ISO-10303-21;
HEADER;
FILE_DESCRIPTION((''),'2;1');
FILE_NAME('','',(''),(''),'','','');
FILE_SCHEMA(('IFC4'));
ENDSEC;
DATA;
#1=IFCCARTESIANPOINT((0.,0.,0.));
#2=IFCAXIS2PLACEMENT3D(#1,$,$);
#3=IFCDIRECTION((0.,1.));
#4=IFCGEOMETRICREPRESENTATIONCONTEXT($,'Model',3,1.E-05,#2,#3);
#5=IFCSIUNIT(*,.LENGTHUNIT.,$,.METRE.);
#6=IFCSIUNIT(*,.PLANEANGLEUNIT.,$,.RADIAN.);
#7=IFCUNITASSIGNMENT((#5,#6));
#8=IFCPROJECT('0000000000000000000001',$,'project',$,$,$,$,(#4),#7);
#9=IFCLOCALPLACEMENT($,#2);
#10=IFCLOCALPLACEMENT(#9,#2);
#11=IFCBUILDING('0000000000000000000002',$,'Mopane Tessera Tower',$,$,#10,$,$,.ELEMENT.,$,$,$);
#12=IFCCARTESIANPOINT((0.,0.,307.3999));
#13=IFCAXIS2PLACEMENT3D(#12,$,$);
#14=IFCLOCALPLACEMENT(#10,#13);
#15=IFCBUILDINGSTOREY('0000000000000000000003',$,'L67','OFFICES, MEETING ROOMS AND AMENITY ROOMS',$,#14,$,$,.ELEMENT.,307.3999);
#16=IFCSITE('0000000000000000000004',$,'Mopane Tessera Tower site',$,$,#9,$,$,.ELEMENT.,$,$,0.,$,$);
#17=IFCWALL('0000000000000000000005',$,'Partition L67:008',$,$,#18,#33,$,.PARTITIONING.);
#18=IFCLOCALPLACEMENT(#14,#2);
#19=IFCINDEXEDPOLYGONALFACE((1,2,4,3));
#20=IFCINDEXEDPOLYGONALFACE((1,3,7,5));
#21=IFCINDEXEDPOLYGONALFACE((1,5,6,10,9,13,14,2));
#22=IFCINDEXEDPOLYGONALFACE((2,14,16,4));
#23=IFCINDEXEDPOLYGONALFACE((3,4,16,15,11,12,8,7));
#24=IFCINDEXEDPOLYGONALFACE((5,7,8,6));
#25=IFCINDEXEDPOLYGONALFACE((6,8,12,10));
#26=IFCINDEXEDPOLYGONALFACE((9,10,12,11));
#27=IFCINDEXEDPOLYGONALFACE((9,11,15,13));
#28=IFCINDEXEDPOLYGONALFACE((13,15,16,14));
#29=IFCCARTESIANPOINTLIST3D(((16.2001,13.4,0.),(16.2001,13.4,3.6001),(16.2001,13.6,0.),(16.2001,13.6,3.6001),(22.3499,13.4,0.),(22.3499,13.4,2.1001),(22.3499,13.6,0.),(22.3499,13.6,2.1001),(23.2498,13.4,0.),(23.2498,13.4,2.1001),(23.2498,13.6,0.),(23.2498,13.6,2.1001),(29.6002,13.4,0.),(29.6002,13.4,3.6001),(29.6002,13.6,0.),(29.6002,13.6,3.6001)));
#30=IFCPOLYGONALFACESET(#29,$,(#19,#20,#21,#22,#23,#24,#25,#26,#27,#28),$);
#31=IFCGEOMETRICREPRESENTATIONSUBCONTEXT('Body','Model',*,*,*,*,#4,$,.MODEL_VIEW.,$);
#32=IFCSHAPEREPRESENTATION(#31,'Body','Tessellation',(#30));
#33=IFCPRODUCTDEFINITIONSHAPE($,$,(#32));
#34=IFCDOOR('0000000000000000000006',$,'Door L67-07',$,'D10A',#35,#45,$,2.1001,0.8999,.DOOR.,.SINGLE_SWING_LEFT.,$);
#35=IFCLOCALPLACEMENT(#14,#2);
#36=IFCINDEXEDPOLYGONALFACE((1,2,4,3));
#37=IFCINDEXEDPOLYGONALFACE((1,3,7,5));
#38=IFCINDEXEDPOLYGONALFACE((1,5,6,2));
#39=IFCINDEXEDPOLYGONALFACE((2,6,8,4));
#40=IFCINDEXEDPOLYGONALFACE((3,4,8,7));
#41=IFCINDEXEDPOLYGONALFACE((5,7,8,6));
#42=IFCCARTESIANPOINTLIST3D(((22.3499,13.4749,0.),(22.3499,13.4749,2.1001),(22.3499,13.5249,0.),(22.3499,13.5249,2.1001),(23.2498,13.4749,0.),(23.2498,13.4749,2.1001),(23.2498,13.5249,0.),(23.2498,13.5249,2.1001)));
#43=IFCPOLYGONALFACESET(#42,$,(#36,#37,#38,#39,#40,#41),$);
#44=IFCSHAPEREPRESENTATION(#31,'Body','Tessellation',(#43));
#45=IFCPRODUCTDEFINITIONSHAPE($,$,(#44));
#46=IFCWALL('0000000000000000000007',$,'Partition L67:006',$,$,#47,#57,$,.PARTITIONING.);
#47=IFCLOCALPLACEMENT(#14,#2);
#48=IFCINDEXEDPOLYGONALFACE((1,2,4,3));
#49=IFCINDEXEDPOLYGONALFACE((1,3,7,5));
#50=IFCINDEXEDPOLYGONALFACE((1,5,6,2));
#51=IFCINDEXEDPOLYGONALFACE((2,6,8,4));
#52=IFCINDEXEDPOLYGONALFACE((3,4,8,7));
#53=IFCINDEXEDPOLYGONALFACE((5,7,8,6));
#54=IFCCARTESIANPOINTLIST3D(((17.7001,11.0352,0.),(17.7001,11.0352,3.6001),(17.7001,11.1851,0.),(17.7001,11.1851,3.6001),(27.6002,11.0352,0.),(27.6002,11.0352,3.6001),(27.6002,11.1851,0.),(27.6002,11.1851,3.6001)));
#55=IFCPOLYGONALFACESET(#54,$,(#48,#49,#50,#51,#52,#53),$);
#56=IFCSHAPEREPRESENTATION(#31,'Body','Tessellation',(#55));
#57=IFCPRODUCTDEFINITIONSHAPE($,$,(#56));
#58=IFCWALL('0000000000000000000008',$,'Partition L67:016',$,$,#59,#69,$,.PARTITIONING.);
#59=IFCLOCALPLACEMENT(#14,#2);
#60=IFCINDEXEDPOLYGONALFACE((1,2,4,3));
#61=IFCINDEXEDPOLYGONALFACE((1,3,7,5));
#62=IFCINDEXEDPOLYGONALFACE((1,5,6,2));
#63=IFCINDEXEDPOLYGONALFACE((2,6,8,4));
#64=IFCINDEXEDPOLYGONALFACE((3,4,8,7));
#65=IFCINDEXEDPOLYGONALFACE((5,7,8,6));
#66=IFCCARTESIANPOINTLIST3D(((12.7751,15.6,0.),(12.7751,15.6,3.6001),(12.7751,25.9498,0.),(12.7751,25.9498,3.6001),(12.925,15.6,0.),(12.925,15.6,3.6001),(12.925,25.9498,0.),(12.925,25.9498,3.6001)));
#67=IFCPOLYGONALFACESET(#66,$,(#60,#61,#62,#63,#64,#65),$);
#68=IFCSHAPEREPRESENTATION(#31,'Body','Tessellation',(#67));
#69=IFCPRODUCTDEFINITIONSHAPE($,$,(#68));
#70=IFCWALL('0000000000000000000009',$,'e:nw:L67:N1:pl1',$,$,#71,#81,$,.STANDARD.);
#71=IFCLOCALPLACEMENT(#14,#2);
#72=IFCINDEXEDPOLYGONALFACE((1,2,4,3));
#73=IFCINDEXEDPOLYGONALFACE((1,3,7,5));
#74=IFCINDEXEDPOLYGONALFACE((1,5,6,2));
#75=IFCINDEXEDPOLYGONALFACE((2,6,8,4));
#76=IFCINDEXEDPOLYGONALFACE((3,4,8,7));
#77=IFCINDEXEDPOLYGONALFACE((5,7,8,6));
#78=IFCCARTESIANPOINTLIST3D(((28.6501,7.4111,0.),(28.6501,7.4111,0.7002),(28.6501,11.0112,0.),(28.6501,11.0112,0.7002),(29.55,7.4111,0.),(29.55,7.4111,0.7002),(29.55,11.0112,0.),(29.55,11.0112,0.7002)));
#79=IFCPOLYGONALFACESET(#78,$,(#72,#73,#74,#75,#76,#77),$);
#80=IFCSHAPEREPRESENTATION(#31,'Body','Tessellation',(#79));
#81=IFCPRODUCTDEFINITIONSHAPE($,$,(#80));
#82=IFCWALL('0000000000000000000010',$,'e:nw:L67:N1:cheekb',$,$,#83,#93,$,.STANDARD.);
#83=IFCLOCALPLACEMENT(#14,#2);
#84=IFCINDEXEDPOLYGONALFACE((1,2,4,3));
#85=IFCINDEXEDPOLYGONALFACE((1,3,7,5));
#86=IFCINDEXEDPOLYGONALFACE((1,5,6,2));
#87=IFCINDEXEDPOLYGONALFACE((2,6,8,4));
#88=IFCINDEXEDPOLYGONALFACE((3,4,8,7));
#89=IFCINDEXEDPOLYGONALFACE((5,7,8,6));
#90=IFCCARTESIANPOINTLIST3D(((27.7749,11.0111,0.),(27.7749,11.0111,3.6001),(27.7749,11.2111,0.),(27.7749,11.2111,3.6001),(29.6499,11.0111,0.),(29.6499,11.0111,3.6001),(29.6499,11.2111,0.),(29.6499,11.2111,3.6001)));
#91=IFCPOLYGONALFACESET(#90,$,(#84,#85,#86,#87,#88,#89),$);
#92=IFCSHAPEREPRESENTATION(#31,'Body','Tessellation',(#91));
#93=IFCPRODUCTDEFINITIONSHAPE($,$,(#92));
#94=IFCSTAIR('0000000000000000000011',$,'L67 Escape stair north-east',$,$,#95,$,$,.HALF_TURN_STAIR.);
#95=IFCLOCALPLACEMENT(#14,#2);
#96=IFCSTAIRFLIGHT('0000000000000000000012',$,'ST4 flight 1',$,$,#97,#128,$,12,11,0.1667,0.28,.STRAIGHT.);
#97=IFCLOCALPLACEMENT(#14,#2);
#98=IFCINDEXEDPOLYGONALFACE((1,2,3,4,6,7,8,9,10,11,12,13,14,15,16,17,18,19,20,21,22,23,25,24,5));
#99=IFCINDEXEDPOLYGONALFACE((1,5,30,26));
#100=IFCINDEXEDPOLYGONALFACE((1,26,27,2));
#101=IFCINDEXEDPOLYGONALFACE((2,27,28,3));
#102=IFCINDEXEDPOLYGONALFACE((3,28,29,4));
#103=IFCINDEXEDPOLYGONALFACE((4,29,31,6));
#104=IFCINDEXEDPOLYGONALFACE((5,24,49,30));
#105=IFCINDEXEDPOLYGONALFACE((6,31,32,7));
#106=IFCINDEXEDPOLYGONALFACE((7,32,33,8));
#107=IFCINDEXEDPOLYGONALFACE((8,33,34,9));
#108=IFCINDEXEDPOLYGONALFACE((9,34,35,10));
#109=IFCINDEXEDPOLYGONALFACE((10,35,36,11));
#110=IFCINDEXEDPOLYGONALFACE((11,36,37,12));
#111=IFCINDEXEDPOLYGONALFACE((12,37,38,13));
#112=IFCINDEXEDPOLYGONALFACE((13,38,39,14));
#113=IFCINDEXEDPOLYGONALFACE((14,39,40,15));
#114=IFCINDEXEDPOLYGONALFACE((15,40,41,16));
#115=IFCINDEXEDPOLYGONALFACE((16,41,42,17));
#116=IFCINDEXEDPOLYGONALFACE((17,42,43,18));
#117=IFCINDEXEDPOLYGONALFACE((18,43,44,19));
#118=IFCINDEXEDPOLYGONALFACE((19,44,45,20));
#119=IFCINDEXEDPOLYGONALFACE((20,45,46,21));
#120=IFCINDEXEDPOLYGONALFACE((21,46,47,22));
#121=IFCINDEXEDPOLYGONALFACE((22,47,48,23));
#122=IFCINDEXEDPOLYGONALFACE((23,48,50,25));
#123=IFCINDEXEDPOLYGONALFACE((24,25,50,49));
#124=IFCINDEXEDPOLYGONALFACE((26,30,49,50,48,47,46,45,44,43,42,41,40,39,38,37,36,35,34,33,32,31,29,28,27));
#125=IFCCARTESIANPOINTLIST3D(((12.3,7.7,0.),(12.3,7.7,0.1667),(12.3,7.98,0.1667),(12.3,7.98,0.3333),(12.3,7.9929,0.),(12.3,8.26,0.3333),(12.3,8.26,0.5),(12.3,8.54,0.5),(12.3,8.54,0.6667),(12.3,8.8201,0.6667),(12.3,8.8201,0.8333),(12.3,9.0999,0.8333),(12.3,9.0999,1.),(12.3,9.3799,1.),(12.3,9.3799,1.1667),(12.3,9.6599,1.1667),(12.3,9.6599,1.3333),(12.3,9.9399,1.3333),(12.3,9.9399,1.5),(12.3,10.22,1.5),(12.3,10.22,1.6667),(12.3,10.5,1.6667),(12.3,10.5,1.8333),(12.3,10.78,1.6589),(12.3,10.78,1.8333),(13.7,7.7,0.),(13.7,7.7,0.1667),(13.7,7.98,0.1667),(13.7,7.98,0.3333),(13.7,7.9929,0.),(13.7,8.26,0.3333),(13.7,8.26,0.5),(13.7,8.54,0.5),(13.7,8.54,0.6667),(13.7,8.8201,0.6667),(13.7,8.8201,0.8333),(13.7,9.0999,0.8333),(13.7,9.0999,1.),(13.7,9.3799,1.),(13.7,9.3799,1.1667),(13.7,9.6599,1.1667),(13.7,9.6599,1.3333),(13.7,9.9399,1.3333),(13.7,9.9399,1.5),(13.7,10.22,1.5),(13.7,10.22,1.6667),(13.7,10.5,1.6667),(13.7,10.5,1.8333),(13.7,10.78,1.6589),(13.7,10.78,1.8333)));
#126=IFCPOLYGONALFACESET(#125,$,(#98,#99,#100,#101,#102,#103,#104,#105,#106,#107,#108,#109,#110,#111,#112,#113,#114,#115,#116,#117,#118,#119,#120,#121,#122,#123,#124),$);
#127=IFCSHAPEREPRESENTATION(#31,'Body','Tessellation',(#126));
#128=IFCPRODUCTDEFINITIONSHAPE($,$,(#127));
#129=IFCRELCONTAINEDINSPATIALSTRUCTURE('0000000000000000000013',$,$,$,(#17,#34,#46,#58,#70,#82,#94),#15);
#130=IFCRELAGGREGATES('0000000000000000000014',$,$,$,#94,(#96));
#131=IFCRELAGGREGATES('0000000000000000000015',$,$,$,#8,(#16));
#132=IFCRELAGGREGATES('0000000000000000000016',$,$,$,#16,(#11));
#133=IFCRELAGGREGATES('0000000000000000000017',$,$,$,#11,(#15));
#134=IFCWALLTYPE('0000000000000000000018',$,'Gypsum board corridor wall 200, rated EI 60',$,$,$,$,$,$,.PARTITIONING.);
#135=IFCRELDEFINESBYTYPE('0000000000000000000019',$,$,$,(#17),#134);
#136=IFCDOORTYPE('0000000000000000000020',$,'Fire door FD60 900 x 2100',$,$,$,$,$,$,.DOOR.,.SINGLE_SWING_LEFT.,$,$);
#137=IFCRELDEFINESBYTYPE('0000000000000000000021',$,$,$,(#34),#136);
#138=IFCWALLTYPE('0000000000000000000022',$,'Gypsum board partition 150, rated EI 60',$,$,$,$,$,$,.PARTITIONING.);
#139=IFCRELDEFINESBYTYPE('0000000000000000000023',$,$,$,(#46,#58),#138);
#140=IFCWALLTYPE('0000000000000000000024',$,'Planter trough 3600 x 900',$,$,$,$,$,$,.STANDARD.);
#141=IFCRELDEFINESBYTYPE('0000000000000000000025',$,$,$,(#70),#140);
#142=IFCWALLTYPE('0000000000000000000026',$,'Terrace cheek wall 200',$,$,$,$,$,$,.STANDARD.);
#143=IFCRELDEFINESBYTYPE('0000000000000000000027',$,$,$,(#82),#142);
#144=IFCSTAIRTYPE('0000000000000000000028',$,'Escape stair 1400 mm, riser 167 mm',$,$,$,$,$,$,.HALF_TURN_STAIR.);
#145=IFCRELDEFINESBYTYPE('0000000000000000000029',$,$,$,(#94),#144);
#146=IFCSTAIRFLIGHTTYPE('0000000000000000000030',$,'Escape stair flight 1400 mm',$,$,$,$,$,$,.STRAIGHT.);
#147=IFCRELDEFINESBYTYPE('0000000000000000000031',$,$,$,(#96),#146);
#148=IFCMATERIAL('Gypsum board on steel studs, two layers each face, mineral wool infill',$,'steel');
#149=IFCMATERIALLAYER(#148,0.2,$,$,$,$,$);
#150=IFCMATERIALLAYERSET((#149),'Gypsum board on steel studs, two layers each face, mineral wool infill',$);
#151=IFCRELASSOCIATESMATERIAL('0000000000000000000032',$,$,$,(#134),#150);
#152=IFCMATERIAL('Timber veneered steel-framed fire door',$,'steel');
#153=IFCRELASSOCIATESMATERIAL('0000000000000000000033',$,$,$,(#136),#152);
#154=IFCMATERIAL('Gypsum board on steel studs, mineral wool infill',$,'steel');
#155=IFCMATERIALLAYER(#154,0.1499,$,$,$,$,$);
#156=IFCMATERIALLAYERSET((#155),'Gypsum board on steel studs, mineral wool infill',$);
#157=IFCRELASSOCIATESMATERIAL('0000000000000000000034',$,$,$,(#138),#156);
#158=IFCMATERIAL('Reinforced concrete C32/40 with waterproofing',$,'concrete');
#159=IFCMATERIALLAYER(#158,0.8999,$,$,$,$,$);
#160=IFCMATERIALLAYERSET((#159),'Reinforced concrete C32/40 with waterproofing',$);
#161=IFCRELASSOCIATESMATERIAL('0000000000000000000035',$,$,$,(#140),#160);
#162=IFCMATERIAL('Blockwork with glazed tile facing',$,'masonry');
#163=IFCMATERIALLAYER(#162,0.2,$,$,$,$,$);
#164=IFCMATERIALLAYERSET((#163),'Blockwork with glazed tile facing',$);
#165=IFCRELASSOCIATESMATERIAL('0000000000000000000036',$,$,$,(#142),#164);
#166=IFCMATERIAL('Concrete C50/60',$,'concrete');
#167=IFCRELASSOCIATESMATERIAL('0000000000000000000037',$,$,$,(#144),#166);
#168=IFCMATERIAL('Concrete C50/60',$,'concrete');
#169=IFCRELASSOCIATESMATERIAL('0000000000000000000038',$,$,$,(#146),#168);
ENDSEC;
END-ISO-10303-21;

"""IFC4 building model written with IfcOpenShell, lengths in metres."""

from ifc_helpers import new_model, si_unit, direction, frame, frame_2d, origin, place, context, subcontext, project, spatial, polyline, rectangle, outline, extrude, material, layer, layer_set, type_object, element, fill, aggregate, save


model = new_model("IFC4")

# Units and contexts
model_context = context("Model", 3, precision=1e-05, world=origin(), true_north=direction((0.0, 1.0)))
body_context = subcontext(model_context, "Body", "Model", "MODEL_VIEW")
ifc_project = project(units=[si_unit("LENGTHUNIT", "METRE"), si_unit("PLANEANGLEUNIT", "RADIAN")], contexts=[model_context])

# Site, building, storey
site_placement = place(None, origin())
site = spatial("IfcSite", under=ifc_project, at=site_placement, Name="Mopane Tessera Tower site", CompositionType="ELEMENT", RefElevation=0.0)
building_placement = place(site_placement, origin())
building = spatial("IfcBuilding", under=site, at=building_placement, Name="Mopane Tessera Tower", CompositionType="ELEMENT")
storey_placement = place(building_placement, frame((0.0, 0.0, 307.3999)))
storey = spatial("IfcBuildingStorey", under=building, at=storey_placement, Name="L67", Description="OFFICES, MEETING ROOMS AND AMENITY ROOMS", CompositionType="ELEMENT", Elevation=307.3999)

# Wall, opening, door
ifc_material_1 = material(Name="Gypsum board on steel studs, two layers each face, mineral wool infill", Category="steel")
ifc_layer_1 = layer(ifc_material_1, 0.2)
ifc_layer_set_1 = layer_set([ifc_layer_1], Name="Gypsum board on steel studs, two layers each face, mineral wool infill")
wall_type_1 = type_object("IfcWallType", Name="Gypsum board corridor wall 200, rated EI 60", PredefinedType="PARTITIONING", material=ifc_layer_set_1)
wall_1_placement = place(storey_placement, frame((16.2, 13.5, 0.0), z_axis=(0.0, 0.0, 1.0), x_axis=(1.0, 0.0, 0.0)))
wall_1 = element("IfcWall", 1, at=wall_1_placement, inside=storey, type_object=wall_type_1, Name="Partition L67:008", PredefinedType="PARTITIONING", context=body_context, shape_type="SweptSolid", body=[
    extrude(rectangle(XDim=13.4001, YDim=0.2, at=frame_2d((6.7002, 0.0))), origin(), (0.0, 0.0, 1.0), 3.6001),
])
opening_placement = place(wall_1_placement, frame((6.1499, 0.0, 0.0)))
opening = element("IfcOpeningElement", 2, at=opening_placement, cuts=wall_1, PredefinedType="OPENING", context=body_context, shape_type="SweptSolid", body=[
    extrude(rectangle(XDim=0.8999, YDim=2.1001, at=frame_2d((0.45, 1.05))), frame((0.0, 0.1121, 0.0), z_axis=(0.0, -1.0, 0.0), x_axis=(1.0, 0.0, 0.0)), (0.0, 0.0, 1.0), 0.2239),
])
ifc_material_2 = material(Name="Timber veneered steel-framed fire door", Category="steel")
door_type = type_object("IfcDoorType", Name="Fire door FD60 900 x 2100", OperationType="SINGLE_SWING_LEFT", PredefinedType="DOOR", material=ifc_material_2)
door_placement = place(opening_placement, origin())
door = element("IfcDoor", 3, at=door_placement, inside=storey, type_object=door_type, Name="Door L67-07", ObjectType="D10A", OperationType="SINGLE_SWING_LEFT", OverallHeight=2.1001, OverallWidth=0.8999, PredefinedType="DOOR", context=body_context, shape_type="SweptSolid", body=[
    extrude(rectangle(XDim=0.8999, YDim=2.1001, at=frame_2d((0.45, 1.05))), frame((0.0, 0.0249, 0.0), z_axis=(0.0, -1.0, 0.0), x_axis=(1.0, 0.0, 0.0)), (0.0, 0.0, 1.0), 0.05),
])
fill(opening, door)

# Walls
ifc_material_3 = material(Name="Gypsum board on steel studs, mineral wool infill", Category="steel")
ifc_layer_2 = layer(ifc_material_3, 0.1499)
ifc_layer_set_2 = layer_set([ifc_layer_2], Name="Gypsum board on steel studs, mineral wool infill")
wall_type_2 = type_object("IfcWallType", Name="Gypsum board partition 150, rated EI 60", PredefinedType="PARTITIONING", material=ifc_layer_set_2)
wall_2_placement = place(storey_placement, frame((17.7, 11.1101, 0.0), z_axis=(0.0, 0.0, 1.0), x_axis=(1.0, 0.0, 0.0)))
element("IfcWall", 4, at=wall_2_placement, inside=storey, type_object=wall_type_2, Name="Partition L67:006", PredefinedType="PARTITIONING", context=body_context, shape_type="SweptSolid", body=[
    extrude(rectangle(XDim=9.9001, YDim=0.1499, at=frame_2d((4.9502, 0.0))), origin(), (0.0, 0.0, 1.0), 3.6001),
])
wall_3_placement = place(storey_placement, frame((12.8501, 15.6001, 0.0), z_axis=(0.0, 0.0, 1.0), x_axis=(0.0, 1.0, 0.0)))
element("IfcWall", 5, at=wall_3_placement, inside=storey, type_object=wall_type_2, Name="Partition L67:016", PredefinedType="PARTITIONING", context=body_context, shape_type="SweptSolid", body=[
    extrude(rectangle(XDim=10.3499, YDim=0.1499, at=frame_2d((5.1748, 0.0))), origin(), (0.0, 0.0, 1.0), 3.6001),
])
ifc_material_4 = material(Name="Reinforced concrete C32/40 with waterproofing", Category="concrete")
ifc_layer_3 = layer(ifc_material_4, 0.8999)
ifc_layer_set_3 = layer_set([ifc_layer_3], Name="Reinforced concrete C32/40 with waterproofing")
wall_type_3 = type_object("IfcWallType", Name="Planter trough 3600 x 900", PredefinedType="STANDARD", material=ifc_layer_set_3)
wall_4_placement = place(storey_placement, frame((29.1001, 7.4111, 0.0), z_axis=(0.0, 0.0, 1.0), x_axis=(0.0, 1.0, 0.0)))
element("IfcWall", 6, at=wall_4_placement, inside=storey, type_object=wall_type_3, Name="e:nw:L67:N1:pl1", PredefinedType="STANDARD", context=body_context, shape_type="SweptSolid", body=[
    extrude(rectangle(XDim=3.6001, YDim=0.8999, at=frame_2d((1.8, 0.0))), origin(), (0.0, 0.0, 1.0), 0.7002),
])
ifc_material_5 = material(Name="Blockwork with glazed tile facing", Category="masonry")
ifc_layer_4 = layer(ifc_material_5, 0.2)
ifc_layer_set_4 = layer_set([ifc_layer_4], Name="Blockwork with glazed tile facing")
wall_type_4 = type_object("IfcWallType", Name="Terrace cheek wall 200", PredefinedType="STANDARD", material=ifc_layer_set_4)
wall_5_placement = place(storey_placement, frame((29.6499, 11.1111, 0.0), z_axis=(0.0, 0.0, 1.0), x_axis=(-1.0, 0.0, 0.0)))
element("IfcWall", 7, at=wall_5_placement, inside=storey, type_object=wall_type_4, Name="e:nw:L67:N1:cheekb", PredefinedType="STANDARD", context=body_context, shape_type="SweptSolid", body=[
    extrude(rectangle(XDim=1.875, YDim=0.2, at=frame_2d((0.9375, 0.0))), origin(), (0.0, 0.0, 1.0), 3.6001),
])

# Stair, stair flight
ifc_material_6 = material(Name="Concrete C50/60", Category="concrete")
stair_type = type_object("IfcStairType", Name="Escape stair 1400 mm, riser 167 mm", PredefinedType="HALF_TURN_STAIR", material=ifc_material_6)
stair_placement = place(storey_placement, origin())
stair = element("IfcStair", 8, at=stair_placement, inside=storey, type_object=stair_type, Name="L67 Escape stair north-east", PredefinedType="HALF_TURN_STAIR")
ifc_material_7 = material(Name="Concrete C50/60", Category="concrete")
stair_flight_type = type_object("IfcStairFlightType", Name="Escape stair flight 1400 mm", PredefinedType="STRAIGHT", material=ifc_material_7)
stair_flight_placement = place(storey_placement, frame((13.0, 7.7, 0.0), z_axis=(0.0, 0.0, 1.0), x_axis=(0.0, 1.0, 0.0)))
stair_flight = element("IfcStairFlight", 9, at=stair_flight_placement, type_object=stair_flight_type, Name="ST4 flight 1", NumberOfRisers=12, NumberOfTreads=11, PredefinedType="STRAIGHT", RiserHeight=0.1667, TreadLength=0.28, context=body_context, shape_type="SweptSolid", body=[
    extrude(outline(polyline([(0.0, 0.0), (0.0, 0.1667), (0.28, 0.1667), (0.28, 0.3333), (0.5601, 0.3333), (0.5601, 0.5), (0.8401, 0.5), (0.8401, 0.6667), (1.1201, 0.6667), (1.1201, 0.8333), (1.3999, 0.8333), (1.3999, 1.0), (1.6799, 1.0), (1.6799, 1.1667), (1.96, 1.1667), (1.96, 1.3333), (2.24, 1.3333), (2.24, 1.5), (2.52, 1.5), (2.52, 1.6667), (2.8, 1.6667), (2.8, 1.8333), (3.0801, 1.8333), (3.0801, 2.0), (3.0801, 1.6589), (0.293, 0.0), (0.0, 0.0)])), frame((0.0, 0.7, 0.0), z_axis=(0.0, -1.0, 0.0), x_axis=(1.0, 0.0, 0.0)), (0.0, 0.0, 1.0), 1.3999),
])
aggregate(stair, [stair_flight])

save(model, "model.ifc")
